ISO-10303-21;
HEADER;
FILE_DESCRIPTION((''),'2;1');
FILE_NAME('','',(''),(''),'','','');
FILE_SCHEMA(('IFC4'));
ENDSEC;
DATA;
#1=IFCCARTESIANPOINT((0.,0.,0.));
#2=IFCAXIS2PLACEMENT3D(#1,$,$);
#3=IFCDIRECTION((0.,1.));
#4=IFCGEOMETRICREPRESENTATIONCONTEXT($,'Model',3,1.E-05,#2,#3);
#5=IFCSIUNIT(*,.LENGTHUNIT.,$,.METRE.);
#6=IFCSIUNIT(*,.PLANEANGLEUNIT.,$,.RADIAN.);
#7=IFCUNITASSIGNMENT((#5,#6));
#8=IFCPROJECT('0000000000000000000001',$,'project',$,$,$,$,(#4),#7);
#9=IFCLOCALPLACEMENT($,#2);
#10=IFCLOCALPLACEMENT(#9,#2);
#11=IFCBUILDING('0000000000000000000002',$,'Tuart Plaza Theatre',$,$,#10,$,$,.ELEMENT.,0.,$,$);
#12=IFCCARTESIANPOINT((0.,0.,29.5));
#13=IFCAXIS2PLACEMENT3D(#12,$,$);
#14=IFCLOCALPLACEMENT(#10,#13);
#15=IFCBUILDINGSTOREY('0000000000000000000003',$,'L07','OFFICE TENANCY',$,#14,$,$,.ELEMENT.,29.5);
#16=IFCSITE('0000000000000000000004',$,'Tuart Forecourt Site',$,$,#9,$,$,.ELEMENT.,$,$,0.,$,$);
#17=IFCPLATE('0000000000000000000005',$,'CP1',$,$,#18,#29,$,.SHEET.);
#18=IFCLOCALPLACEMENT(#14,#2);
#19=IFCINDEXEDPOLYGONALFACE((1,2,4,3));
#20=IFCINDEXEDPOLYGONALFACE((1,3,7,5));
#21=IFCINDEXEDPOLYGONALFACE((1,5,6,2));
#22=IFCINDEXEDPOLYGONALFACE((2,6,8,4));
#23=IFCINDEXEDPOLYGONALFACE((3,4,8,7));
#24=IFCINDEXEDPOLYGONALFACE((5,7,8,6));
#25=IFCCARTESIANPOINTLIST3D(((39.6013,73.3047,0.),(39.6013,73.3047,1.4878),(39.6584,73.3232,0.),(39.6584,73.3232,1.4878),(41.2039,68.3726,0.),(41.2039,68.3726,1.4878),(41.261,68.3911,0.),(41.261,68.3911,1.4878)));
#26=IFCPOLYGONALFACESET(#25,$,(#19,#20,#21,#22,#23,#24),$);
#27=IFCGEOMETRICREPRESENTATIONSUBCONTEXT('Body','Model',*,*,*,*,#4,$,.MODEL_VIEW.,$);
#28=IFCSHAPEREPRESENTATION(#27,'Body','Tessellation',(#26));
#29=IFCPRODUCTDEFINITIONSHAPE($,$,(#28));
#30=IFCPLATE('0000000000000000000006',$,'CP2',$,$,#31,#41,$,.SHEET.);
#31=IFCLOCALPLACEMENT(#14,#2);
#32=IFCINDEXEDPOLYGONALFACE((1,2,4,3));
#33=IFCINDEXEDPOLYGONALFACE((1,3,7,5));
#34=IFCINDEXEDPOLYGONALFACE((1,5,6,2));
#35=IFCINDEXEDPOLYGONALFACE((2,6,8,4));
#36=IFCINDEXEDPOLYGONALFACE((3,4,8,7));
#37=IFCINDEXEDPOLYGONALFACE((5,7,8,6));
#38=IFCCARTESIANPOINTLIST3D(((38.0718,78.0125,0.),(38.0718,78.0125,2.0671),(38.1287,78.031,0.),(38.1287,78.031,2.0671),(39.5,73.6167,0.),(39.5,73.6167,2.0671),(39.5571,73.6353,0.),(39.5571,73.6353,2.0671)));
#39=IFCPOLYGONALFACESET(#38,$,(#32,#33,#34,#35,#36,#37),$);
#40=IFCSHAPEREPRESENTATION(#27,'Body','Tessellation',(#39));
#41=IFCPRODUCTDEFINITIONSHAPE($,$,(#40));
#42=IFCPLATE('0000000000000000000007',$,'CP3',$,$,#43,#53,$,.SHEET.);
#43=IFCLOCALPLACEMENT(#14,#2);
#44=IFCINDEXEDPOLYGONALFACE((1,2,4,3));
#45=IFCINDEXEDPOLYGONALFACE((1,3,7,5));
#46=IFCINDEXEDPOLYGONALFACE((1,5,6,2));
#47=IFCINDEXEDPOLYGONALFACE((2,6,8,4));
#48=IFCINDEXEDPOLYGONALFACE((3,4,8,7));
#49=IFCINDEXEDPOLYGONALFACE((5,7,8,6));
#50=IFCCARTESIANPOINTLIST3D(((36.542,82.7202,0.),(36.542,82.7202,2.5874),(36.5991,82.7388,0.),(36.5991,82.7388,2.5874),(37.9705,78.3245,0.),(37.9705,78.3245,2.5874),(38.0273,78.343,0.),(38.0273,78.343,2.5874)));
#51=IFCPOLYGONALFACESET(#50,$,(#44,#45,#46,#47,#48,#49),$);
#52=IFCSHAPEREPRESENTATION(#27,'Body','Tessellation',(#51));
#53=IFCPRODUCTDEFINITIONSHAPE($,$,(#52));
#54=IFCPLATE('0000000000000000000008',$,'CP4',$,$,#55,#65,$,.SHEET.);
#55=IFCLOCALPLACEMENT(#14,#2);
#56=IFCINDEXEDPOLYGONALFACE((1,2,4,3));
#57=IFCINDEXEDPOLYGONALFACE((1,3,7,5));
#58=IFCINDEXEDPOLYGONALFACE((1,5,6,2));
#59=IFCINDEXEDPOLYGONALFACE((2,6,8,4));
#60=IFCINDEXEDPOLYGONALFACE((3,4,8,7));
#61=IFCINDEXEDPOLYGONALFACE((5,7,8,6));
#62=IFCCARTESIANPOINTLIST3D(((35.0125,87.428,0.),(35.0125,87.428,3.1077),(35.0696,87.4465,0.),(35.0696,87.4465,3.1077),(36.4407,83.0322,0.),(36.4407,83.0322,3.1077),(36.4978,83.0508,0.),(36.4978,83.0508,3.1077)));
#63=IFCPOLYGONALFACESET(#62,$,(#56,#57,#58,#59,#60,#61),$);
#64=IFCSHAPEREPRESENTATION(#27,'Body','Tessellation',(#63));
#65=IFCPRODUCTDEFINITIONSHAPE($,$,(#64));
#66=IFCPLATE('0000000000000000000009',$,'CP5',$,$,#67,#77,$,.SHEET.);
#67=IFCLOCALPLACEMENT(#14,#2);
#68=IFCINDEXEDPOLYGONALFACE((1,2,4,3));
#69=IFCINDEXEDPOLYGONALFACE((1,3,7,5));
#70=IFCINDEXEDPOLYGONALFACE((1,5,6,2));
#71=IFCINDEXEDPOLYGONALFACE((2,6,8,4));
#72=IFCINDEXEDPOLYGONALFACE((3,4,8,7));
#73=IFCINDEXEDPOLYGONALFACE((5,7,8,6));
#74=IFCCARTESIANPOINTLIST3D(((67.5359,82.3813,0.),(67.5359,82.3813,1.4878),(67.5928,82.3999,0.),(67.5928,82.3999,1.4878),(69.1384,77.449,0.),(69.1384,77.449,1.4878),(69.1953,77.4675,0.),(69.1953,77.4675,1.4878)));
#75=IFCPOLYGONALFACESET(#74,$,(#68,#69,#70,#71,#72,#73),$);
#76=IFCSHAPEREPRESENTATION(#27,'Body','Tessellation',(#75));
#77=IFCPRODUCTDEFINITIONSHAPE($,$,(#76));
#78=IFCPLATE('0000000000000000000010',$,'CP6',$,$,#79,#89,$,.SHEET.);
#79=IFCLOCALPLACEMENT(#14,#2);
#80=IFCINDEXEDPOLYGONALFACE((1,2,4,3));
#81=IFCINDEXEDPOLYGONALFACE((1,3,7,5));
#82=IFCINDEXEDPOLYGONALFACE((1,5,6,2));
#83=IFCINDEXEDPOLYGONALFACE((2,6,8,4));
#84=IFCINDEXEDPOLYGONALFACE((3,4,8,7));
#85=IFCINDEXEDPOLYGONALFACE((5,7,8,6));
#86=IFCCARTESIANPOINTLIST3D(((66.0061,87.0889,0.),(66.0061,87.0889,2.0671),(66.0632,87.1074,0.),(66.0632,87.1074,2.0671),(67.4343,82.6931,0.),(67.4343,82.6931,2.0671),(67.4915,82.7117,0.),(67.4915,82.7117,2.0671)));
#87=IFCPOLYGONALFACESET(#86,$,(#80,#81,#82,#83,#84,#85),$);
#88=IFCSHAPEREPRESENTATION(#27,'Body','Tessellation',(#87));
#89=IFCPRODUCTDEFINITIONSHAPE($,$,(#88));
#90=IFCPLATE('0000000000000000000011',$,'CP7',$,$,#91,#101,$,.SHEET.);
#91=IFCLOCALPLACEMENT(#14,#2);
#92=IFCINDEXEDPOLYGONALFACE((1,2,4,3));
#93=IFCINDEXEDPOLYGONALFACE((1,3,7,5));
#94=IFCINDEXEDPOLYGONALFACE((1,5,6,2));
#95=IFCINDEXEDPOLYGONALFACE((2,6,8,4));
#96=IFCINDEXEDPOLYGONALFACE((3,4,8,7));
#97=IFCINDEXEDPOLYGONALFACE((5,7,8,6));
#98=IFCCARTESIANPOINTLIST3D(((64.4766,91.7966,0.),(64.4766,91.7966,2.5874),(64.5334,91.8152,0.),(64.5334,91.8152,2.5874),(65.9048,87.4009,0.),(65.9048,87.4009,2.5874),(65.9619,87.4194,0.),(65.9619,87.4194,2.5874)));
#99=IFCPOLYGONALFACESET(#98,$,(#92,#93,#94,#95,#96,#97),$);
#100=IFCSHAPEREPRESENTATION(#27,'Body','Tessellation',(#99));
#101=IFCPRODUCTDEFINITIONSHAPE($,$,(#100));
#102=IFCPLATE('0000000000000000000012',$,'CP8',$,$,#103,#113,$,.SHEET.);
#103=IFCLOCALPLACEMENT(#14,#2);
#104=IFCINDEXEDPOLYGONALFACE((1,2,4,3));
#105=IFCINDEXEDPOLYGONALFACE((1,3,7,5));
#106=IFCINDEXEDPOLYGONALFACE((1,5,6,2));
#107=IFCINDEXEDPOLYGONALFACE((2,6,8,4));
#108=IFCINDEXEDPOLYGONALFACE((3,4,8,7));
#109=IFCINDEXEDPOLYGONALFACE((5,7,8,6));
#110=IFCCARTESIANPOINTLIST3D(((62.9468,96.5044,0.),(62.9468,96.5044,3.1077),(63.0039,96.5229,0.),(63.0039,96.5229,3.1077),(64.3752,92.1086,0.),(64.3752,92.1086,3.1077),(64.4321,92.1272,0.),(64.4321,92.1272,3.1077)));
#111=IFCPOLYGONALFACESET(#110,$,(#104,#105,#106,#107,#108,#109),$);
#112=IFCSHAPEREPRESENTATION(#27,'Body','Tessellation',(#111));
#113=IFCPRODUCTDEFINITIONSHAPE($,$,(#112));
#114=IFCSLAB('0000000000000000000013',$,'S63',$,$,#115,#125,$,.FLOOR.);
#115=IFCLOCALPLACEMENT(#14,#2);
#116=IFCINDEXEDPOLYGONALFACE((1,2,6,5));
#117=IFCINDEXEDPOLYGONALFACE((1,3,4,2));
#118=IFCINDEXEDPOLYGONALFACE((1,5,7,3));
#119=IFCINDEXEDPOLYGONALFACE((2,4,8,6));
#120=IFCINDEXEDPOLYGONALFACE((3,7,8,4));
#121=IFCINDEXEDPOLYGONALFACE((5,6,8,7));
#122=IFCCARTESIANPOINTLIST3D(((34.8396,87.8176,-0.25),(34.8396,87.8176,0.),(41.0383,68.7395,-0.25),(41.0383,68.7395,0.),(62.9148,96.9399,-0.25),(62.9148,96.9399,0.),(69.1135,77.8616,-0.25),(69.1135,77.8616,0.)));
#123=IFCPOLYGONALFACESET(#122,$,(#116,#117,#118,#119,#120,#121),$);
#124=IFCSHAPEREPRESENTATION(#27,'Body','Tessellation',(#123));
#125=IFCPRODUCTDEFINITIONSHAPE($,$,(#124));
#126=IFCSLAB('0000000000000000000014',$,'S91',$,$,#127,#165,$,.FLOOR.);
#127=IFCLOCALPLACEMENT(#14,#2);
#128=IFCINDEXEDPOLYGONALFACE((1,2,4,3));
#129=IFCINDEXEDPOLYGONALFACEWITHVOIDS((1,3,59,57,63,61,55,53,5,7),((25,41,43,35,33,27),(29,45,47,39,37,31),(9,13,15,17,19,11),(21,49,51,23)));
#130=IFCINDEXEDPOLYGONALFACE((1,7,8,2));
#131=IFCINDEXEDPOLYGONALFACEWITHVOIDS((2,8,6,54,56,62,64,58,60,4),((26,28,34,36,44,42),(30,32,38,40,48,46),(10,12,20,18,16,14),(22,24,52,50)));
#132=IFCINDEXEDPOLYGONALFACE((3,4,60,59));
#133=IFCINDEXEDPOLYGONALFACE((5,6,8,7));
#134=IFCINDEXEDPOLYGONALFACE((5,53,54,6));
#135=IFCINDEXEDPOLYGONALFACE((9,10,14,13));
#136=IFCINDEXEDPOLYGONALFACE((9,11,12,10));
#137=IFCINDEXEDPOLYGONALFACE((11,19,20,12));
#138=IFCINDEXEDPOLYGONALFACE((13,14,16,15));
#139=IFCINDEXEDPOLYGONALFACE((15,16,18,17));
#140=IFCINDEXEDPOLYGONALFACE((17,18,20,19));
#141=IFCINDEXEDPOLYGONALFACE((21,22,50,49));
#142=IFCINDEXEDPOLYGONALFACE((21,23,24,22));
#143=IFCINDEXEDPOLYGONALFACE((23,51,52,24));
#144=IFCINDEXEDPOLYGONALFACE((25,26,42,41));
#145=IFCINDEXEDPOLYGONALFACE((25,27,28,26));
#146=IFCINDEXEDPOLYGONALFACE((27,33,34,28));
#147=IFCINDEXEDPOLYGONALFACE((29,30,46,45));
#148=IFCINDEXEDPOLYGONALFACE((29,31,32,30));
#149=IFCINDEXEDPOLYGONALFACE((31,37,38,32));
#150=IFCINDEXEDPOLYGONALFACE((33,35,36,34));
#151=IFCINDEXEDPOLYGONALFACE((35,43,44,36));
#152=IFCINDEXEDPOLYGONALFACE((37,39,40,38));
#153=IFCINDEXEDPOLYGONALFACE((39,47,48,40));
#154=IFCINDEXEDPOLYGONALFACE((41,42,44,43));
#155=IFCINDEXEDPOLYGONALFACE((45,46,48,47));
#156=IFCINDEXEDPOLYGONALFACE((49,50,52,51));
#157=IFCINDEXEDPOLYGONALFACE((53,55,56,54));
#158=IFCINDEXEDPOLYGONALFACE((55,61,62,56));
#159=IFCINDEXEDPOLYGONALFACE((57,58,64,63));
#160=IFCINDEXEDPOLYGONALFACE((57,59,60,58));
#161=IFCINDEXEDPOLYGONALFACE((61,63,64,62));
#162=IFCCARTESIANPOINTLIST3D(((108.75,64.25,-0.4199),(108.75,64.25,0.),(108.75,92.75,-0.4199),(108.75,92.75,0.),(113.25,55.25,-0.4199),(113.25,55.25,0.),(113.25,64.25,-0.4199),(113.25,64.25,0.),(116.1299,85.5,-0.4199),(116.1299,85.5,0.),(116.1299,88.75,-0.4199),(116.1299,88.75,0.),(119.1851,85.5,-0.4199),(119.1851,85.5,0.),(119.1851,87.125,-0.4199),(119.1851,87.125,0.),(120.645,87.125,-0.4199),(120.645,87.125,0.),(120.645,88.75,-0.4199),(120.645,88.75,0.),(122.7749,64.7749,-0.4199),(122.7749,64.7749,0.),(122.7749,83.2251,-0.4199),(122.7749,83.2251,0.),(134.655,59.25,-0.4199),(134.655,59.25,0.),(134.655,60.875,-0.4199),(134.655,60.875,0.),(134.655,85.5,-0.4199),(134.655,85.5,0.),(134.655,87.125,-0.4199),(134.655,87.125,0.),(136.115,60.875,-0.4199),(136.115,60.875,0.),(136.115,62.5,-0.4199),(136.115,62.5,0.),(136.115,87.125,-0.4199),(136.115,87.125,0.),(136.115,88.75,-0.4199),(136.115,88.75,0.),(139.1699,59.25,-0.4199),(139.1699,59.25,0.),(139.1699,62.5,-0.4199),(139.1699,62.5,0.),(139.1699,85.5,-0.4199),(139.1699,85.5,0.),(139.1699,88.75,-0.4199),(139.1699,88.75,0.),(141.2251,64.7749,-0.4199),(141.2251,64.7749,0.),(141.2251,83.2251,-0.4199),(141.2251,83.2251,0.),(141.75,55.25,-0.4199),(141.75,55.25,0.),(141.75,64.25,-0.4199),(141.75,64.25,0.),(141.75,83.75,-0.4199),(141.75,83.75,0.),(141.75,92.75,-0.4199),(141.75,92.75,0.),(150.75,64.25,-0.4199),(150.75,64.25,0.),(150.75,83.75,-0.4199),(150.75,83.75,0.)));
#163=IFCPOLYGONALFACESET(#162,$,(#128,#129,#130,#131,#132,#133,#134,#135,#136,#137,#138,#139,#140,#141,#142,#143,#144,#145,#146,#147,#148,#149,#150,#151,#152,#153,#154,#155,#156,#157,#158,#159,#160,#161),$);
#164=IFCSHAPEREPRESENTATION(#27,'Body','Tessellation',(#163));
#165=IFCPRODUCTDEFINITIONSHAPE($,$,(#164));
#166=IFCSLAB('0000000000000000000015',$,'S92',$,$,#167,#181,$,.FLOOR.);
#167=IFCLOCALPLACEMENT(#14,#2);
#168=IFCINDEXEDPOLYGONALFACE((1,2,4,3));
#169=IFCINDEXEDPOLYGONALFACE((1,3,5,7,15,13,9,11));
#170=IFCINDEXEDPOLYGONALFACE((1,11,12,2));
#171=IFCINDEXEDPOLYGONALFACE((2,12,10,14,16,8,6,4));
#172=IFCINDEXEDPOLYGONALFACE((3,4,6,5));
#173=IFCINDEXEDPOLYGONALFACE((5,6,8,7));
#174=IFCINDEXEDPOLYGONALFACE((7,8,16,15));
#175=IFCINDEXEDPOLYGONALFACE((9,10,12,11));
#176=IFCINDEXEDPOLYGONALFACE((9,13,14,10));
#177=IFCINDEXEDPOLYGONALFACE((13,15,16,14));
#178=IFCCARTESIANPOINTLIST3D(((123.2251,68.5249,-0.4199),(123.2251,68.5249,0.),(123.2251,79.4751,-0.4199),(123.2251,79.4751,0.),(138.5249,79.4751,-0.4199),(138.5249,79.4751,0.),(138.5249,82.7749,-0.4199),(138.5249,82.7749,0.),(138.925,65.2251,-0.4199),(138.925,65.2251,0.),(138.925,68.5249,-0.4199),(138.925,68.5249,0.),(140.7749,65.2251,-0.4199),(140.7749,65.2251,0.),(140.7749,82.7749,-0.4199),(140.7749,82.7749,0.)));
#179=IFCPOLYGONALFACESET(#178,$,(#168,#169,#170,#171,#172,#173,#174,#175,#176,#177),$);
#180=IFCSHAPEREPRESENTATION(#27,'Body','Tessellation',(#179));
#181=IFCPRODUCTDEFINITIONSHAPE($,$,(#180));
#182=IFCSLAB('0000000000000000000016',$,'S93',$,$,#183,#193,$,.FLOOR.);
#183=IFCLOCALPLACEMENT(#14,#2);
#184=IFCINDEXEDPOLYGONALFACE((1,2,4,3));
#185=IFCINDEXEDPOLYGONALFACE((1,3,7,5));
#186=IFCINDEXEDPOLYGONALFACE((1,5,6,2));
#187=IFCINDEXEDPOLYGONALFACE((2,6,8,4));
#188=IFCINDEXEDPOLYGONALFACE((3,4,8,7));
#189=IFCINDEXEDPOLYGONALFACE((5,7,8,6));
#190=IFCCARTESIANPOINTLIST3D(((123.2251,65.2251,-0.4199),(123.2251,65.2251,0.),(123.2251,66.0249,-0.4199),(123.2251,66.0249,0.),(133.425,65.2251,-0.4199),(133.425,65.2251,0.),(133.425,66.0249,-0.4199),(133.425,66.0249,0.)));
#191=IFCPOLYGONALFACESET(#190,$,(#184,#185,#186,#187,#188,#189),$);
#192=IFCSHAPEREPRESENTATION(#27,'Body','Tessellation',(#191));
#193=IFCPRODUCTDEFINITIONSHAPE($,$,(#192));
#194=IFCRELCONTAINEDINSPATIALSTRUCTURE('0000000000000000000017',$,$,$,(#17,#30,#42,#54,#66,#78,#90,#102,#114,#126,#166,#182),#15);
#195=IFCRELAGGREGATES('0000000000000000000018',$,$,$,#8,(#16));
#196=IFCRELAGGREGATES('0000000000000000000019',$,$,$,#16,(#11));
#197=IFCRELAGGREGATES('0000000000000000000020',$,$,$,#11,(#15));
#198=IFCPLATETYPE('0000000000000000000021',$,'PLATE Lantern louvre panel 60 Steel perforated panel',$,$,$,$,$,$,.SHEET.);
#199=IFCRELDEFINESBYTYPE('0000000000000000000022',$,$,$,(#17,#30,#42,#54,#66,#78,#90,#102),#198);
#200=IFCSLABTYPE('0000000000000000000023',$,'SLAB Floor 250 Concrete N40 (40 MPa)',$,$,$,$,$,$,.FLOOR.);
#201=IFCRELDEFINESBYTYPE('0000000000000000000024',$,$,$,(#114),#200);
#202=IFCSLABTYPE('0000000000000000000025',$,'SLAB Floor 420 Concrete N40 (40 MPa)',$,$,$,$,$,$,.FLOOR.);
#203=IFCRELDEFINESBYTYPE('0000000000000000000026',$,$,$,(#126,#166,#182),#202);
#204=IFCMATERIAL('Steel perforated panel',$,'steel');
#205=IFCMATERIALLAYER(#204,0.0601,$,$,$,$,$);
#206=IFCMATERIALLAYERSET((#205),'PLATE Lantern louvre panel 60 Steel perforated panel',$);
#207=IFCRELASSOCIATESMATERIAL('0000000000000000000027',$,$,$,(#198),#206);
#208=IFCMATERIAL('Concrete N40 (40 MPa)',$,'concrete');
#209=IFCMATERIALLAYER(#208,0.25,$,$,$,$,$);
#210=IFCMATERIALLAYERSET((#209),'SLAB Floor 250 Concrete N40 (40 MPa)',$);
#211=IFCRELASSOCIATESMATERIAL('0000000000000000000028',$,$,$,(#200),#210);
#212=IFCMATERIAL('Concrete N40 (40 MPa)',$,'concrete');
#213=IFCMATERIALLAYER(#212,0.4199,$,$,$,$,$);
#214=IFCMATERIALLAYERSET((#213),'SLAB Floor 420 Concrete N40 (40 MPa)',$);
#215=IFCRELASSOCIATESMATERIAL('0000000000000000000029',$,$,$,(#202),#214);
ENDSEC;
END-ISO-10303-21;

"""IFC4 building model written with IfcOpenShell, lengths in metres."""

from ifc_helpers import new_model, si_unit, direction, frame, origin, place, context, subcontext, project, spatial, polyline, outline, extrude, material, layer, layer_set, type_object, element, save


model = new_model("IFC4")

# Units and contexts
model_context = context("Model", 3, precision=1e-05, world=origin(), true_north=direction((0.0, 1.0)))
body_context = subcontext(model_context, "Body", "Model", "MODEL_VIEW")
ifc_project = project(units=[si_unit("LENGTHUNIT", "METRE"), si_unit("PLANEANGLEUNIT", "RADIAN")], contexts=[model_context])

# Site, building, storey
site_placement = place(None, origin())
site = spatial("IfcSite", under=ifc_project, at=site_placement, Name="Tuart Forecourt Site", CompositionType="ELEMENT", RefElevation=0.0)
building_placement = place(site_placement, origin())
building = spatial("IfcBuilding", under=site, at=building_placement, Name="Tuart Plaza Theatre", CompositionType="ELEMENT", ElevationOfRefHeight=0.0)
storey_placement = place(building_placement, frame((0.0, 0.0, 29.5)))
storey = spatial("IfcBuildingStorey", under=building, at=storey_placement, Name="L07", Description="OFFICE TENANCY", CompositionType="ELEMENT", Elevation=29.5)

# Plates
ifc_material_1 = material(Name="Steel perforated panel", Category="steel")
ifc_layer_1 = layer(ifc_material_1, 0.0601)
ifc_layer_set_1 = layer_set([ifc_layer_1], Name="PLATE Lantern louvre panel 60 Steel perforated panel")
plate_type = type_object("IfcPlateType", Name="PLATE Lantern louvre panel 60 Steel perforated panel", PredefinedType="SHEET", material=ifc_layer_set_1)
plate_1_placement = place(storey_placement, origin())
element("IfcPlate", 1, at=plate_1_placement, inside=storey, type_object=plate_type, Name="CP1", PredefinedType="SHEET", context=body_context, shape_type="SweptSolid", body=[
    extrude(outline(polyline([(41.2039, 68.3726), (41.261, 68.3911), (39.6584, 73.3232), (39.6013, 73.3047), (41.2039, 68.3726)])), origin(), (0.0, 0.0, 1.0), 1.4878),
])
plate_2_placement = place(storey_placement, origin())
element("IfcPlate", 2, at=plate_2_placement, inside=storey, type_object=plate_type, Name="CP2", PredefinedType="SHEET", context=body_context, shape_type="SweptSolid", body=[
    extrude(outline(polyline([(39.5, 73.6167), (39.5571, 73.6353), (38.1287, 78.031), (38.0718, 78.0125), (39.5, 73.6167)])), origin(), (0.0, 0.0, 1.0), 2.0671),
])
plate_3_placement = place(storey_placement, origin())
element("IfcPlate", 3, at=plate_3_placement, inside=storey, type_object=plate_type, Name="CP3", PredefinedType="SHEET", context=body_context, shape_type="SweptSolid", body=[
    extrude(outline(polyline([(37.9705, 78.3245), (38.0273, 78.343), (36.5991, 82.7388), (36.542, 82.7202), (37.9705, 78.3245)])), origin(), (0.0, 0.0, 1.0), 2.5874),
])
plate_4_placement = place(storey_placement, origin())
element("IfcPlate", 4, at=plate_4_placement, inside=storey, type_object=plate_type, Name="CP4", PredefinedType="SHEET", context=body_context, shape_type="SweptSolid", body=[
    extrude(outline(polyline([(36.4407, 83.0322), (36.4978, 83.0508), (35.0696, 87.4465), (35.0125, 87.428), (36.4407, 83.0322)])), origin(), (0.0, 0.0, 1.0), 3.1077),
])
plate_5_placement = place(storey_placement, origin())
element("IfcPlate", 5, at=plate_5_placement, inside=storey, type_object=plate_type, Name="CP5", PredefinedType="SHEET", context=body_context, shape_type="SweptSolid", body=[
    extrude(outline(polyline([(69.1384, 77.449), (69.1953, 77.4675), (67.5928, 82.3999), (67.5359, 82.3813), (69.1384, 77.449)])), origin(), (0.0, 0.0, 1.0), 1.4878),
])
plate_6_placement = place(storey_placement, origin())
element("IfcPlate", 6, at=plate_6_placement, inside=storey, type_object=plate_type, Name="CP6", PredefinedType="SHEET", context=body_context, shape_type="SweptSolid", body=[
    extrude(outline(polyline([(67.4343, 82.6931), (67.4915, 82.7117), (66.0632, 87.1074), (66.0061, 87.0889), (67.4343, 82.6931)])), origin(), (0.0, 0.0, 1.0), 2.0671),
])
plate_7_placement = place(storey_placement, origin())
element("IfcPlate", 7, at=plate_7_placement, inside=storey, type_object=plate_type, Name="CP7", PredefinedType="SHEET", context=body_context, shape_type="SweptSolid", body=[
    extrude(outline(polyline([(65.9048, 87.4009), (65.9619, 87.4194), (64.5334, 91.8152), (64.4766, 91.7966), (65.9048, 87.4009)])), origin(), (0.0, 0.0, 1.0), 2.5874),
])
plate_8_placement = place(storey_placement, origin())
element("IfcPlate", 8, at=plate_8_placement, inside=storey, type_object=plate_type, Name="CP8", PredefinedType="SHEET", context=body_context, shape_type="SweptSolid", body=[
    extrude(outline(polyline([(64.3752, 92.1086), (64.4321, 92.1272), (63.0039, 96.5229), (62.9468, 96.5044), (64.3752, 92.1086)])), origin(), (0.0, 0.0, 1.0), 3.1077),
])

# Slabs
ifc_material_2 = material(Name="Concrete N40 (40 MPa)", Category="concrete")
ifc_layer_2 = layer(ifc_material_2, 0.25)
ifc_layer_set_2 = layer_set([ifc_layer_2], Name="SLAB Floor 250 Concrete N40 (40 MPa)")
slab_type_1 = type_object("IfcSlabType", Name="SLAB Floor 250 Concrete N40 (40 MPa)", PredefinedType="FLOOR", material=ifc_layer_set_2)
slab_1_placement = place(storey_placement, frame((0.0, 0.0, -0.25)))
element("IfcSlab", 9, at=slab_1_placement, inside=storey, type_object=slab_type_1, Name="S63", PredefinedType="FLOOR", context=body_context, shape_type="SweptSolid", body=[
    extrude(outline(polyline([(69.1135, 77.8616), (62.9148, 96.9399), (34.8396, 87.8176), (41.0383, 68.7395), (69.1135, 77.8616)])), origin(), (0.0, 0.0, 1.0), 0.25),
])
ifc_material_3 = material(Name="Concrete N40 (40 MPa)", Category="concrete")
ifc_layer_3 = layer(ifc_material_3, 0.4199)
ifc_layer_set_3 = layer_set([ifc_layer_3], Name="SLAB Floor 420 Concrete N40 (40 MPa)")
slab_type_2 = type_object("IfcSlabType", Name="SLAB Floor 420 Concrete N40 (40 MPa)", PredefinedType="FLOOR", material=ifc_layer_set_3)
slab_2_placement = place(storey_placement, frame((0.0, 0.0, -0.4199)))
element("IfcSlab", 10, at=slab_2_placement, inside=storey, type_object=slab_type_2, Name="S91", PredefinedType="FLOOR", context=body_context, shape_type="SweptSolid", body=[
    extrude(outline(polyline([(141.75, 83.75), (141.75, 92.75), (108.75, 92.75), (108.75, 64.25), (113.25, 64.25), (113.25, 55.25), (141.75, 55.25), (141.75, 64.25), (150.75, 64.25), (150.75, 83.75), (141.75, 83.75)]), holes=[polyline([(141.2251, 64.7749), (141.2251, 83.2251), (122.7749, 83.2251), (122.7749, 64.7749), (141.2251, 64.7749)]), polyline([(136.115, 62.5), (136.115, 60.875), (134.655, 60.875), (134.655, 59.25), (139.1699, 59.25), (139.1699, 62.5), (136.115, 62.5)]), polyline([(139.1699, 88.75), (136.115, 88.75), (136.115, 87.125), (134.655, 87.125), (134.655, 85.5), (139.1699, 85.5), (139.1699, 88.75)]), polyline([(116.1299, 88.75), (116.1299, 85.5), (119.1851, 85.5), (119.1851, 87.125), (120.645, 87.125), (120.645, 88.75), (116.1299, 88.75)])]), origin(), (0.0, 0.0, 1.0), 0.4199),
])
slab_3_placement = place(storey_placement, frame((0.0, 0.0, -0.4199)))
element("IfcSlab", 11, at=slab_3_placement, inside=storey, type_object=slab_type_2, Name="S92", PredefinedType="FLOOR", context=body_context, shape_type="SweptSolid", body=[
    extrude(outline(polyline([(138.925, 68.5249), (138.925, 65.2251), (140.7749, 65.2251), (140.7749, 82.7749), (138.5249, 82.7749), (138.5249, 79.4751), (123.2251, 79.4751), (123.2251, 68.5249), (138.925, 68.5249)])), origin(), (0.0, 0.0, 1.0), 0.4199),
])
slab_4_placement = place(storey_placement, frame((0.0, 0.0, -0.4199)))
element("IfcSlab", 12, at=slab_4_placement, inside=storey, type_object=slab_type_2, Name="S93", PredefinedType="FLOOR", context=body_context, shape_type="SweptSolid", body=[
    extrude(outline(polyline([(123.2251, 66.0249), (123.2251, 65.2251), (133.425, 65.2251), (133.425, 66.0249), (123.2251, 66.0249)])), origin(), (0.0, 0.0, 1.0), 0.4199),
])

save(model, "model.ifc")
